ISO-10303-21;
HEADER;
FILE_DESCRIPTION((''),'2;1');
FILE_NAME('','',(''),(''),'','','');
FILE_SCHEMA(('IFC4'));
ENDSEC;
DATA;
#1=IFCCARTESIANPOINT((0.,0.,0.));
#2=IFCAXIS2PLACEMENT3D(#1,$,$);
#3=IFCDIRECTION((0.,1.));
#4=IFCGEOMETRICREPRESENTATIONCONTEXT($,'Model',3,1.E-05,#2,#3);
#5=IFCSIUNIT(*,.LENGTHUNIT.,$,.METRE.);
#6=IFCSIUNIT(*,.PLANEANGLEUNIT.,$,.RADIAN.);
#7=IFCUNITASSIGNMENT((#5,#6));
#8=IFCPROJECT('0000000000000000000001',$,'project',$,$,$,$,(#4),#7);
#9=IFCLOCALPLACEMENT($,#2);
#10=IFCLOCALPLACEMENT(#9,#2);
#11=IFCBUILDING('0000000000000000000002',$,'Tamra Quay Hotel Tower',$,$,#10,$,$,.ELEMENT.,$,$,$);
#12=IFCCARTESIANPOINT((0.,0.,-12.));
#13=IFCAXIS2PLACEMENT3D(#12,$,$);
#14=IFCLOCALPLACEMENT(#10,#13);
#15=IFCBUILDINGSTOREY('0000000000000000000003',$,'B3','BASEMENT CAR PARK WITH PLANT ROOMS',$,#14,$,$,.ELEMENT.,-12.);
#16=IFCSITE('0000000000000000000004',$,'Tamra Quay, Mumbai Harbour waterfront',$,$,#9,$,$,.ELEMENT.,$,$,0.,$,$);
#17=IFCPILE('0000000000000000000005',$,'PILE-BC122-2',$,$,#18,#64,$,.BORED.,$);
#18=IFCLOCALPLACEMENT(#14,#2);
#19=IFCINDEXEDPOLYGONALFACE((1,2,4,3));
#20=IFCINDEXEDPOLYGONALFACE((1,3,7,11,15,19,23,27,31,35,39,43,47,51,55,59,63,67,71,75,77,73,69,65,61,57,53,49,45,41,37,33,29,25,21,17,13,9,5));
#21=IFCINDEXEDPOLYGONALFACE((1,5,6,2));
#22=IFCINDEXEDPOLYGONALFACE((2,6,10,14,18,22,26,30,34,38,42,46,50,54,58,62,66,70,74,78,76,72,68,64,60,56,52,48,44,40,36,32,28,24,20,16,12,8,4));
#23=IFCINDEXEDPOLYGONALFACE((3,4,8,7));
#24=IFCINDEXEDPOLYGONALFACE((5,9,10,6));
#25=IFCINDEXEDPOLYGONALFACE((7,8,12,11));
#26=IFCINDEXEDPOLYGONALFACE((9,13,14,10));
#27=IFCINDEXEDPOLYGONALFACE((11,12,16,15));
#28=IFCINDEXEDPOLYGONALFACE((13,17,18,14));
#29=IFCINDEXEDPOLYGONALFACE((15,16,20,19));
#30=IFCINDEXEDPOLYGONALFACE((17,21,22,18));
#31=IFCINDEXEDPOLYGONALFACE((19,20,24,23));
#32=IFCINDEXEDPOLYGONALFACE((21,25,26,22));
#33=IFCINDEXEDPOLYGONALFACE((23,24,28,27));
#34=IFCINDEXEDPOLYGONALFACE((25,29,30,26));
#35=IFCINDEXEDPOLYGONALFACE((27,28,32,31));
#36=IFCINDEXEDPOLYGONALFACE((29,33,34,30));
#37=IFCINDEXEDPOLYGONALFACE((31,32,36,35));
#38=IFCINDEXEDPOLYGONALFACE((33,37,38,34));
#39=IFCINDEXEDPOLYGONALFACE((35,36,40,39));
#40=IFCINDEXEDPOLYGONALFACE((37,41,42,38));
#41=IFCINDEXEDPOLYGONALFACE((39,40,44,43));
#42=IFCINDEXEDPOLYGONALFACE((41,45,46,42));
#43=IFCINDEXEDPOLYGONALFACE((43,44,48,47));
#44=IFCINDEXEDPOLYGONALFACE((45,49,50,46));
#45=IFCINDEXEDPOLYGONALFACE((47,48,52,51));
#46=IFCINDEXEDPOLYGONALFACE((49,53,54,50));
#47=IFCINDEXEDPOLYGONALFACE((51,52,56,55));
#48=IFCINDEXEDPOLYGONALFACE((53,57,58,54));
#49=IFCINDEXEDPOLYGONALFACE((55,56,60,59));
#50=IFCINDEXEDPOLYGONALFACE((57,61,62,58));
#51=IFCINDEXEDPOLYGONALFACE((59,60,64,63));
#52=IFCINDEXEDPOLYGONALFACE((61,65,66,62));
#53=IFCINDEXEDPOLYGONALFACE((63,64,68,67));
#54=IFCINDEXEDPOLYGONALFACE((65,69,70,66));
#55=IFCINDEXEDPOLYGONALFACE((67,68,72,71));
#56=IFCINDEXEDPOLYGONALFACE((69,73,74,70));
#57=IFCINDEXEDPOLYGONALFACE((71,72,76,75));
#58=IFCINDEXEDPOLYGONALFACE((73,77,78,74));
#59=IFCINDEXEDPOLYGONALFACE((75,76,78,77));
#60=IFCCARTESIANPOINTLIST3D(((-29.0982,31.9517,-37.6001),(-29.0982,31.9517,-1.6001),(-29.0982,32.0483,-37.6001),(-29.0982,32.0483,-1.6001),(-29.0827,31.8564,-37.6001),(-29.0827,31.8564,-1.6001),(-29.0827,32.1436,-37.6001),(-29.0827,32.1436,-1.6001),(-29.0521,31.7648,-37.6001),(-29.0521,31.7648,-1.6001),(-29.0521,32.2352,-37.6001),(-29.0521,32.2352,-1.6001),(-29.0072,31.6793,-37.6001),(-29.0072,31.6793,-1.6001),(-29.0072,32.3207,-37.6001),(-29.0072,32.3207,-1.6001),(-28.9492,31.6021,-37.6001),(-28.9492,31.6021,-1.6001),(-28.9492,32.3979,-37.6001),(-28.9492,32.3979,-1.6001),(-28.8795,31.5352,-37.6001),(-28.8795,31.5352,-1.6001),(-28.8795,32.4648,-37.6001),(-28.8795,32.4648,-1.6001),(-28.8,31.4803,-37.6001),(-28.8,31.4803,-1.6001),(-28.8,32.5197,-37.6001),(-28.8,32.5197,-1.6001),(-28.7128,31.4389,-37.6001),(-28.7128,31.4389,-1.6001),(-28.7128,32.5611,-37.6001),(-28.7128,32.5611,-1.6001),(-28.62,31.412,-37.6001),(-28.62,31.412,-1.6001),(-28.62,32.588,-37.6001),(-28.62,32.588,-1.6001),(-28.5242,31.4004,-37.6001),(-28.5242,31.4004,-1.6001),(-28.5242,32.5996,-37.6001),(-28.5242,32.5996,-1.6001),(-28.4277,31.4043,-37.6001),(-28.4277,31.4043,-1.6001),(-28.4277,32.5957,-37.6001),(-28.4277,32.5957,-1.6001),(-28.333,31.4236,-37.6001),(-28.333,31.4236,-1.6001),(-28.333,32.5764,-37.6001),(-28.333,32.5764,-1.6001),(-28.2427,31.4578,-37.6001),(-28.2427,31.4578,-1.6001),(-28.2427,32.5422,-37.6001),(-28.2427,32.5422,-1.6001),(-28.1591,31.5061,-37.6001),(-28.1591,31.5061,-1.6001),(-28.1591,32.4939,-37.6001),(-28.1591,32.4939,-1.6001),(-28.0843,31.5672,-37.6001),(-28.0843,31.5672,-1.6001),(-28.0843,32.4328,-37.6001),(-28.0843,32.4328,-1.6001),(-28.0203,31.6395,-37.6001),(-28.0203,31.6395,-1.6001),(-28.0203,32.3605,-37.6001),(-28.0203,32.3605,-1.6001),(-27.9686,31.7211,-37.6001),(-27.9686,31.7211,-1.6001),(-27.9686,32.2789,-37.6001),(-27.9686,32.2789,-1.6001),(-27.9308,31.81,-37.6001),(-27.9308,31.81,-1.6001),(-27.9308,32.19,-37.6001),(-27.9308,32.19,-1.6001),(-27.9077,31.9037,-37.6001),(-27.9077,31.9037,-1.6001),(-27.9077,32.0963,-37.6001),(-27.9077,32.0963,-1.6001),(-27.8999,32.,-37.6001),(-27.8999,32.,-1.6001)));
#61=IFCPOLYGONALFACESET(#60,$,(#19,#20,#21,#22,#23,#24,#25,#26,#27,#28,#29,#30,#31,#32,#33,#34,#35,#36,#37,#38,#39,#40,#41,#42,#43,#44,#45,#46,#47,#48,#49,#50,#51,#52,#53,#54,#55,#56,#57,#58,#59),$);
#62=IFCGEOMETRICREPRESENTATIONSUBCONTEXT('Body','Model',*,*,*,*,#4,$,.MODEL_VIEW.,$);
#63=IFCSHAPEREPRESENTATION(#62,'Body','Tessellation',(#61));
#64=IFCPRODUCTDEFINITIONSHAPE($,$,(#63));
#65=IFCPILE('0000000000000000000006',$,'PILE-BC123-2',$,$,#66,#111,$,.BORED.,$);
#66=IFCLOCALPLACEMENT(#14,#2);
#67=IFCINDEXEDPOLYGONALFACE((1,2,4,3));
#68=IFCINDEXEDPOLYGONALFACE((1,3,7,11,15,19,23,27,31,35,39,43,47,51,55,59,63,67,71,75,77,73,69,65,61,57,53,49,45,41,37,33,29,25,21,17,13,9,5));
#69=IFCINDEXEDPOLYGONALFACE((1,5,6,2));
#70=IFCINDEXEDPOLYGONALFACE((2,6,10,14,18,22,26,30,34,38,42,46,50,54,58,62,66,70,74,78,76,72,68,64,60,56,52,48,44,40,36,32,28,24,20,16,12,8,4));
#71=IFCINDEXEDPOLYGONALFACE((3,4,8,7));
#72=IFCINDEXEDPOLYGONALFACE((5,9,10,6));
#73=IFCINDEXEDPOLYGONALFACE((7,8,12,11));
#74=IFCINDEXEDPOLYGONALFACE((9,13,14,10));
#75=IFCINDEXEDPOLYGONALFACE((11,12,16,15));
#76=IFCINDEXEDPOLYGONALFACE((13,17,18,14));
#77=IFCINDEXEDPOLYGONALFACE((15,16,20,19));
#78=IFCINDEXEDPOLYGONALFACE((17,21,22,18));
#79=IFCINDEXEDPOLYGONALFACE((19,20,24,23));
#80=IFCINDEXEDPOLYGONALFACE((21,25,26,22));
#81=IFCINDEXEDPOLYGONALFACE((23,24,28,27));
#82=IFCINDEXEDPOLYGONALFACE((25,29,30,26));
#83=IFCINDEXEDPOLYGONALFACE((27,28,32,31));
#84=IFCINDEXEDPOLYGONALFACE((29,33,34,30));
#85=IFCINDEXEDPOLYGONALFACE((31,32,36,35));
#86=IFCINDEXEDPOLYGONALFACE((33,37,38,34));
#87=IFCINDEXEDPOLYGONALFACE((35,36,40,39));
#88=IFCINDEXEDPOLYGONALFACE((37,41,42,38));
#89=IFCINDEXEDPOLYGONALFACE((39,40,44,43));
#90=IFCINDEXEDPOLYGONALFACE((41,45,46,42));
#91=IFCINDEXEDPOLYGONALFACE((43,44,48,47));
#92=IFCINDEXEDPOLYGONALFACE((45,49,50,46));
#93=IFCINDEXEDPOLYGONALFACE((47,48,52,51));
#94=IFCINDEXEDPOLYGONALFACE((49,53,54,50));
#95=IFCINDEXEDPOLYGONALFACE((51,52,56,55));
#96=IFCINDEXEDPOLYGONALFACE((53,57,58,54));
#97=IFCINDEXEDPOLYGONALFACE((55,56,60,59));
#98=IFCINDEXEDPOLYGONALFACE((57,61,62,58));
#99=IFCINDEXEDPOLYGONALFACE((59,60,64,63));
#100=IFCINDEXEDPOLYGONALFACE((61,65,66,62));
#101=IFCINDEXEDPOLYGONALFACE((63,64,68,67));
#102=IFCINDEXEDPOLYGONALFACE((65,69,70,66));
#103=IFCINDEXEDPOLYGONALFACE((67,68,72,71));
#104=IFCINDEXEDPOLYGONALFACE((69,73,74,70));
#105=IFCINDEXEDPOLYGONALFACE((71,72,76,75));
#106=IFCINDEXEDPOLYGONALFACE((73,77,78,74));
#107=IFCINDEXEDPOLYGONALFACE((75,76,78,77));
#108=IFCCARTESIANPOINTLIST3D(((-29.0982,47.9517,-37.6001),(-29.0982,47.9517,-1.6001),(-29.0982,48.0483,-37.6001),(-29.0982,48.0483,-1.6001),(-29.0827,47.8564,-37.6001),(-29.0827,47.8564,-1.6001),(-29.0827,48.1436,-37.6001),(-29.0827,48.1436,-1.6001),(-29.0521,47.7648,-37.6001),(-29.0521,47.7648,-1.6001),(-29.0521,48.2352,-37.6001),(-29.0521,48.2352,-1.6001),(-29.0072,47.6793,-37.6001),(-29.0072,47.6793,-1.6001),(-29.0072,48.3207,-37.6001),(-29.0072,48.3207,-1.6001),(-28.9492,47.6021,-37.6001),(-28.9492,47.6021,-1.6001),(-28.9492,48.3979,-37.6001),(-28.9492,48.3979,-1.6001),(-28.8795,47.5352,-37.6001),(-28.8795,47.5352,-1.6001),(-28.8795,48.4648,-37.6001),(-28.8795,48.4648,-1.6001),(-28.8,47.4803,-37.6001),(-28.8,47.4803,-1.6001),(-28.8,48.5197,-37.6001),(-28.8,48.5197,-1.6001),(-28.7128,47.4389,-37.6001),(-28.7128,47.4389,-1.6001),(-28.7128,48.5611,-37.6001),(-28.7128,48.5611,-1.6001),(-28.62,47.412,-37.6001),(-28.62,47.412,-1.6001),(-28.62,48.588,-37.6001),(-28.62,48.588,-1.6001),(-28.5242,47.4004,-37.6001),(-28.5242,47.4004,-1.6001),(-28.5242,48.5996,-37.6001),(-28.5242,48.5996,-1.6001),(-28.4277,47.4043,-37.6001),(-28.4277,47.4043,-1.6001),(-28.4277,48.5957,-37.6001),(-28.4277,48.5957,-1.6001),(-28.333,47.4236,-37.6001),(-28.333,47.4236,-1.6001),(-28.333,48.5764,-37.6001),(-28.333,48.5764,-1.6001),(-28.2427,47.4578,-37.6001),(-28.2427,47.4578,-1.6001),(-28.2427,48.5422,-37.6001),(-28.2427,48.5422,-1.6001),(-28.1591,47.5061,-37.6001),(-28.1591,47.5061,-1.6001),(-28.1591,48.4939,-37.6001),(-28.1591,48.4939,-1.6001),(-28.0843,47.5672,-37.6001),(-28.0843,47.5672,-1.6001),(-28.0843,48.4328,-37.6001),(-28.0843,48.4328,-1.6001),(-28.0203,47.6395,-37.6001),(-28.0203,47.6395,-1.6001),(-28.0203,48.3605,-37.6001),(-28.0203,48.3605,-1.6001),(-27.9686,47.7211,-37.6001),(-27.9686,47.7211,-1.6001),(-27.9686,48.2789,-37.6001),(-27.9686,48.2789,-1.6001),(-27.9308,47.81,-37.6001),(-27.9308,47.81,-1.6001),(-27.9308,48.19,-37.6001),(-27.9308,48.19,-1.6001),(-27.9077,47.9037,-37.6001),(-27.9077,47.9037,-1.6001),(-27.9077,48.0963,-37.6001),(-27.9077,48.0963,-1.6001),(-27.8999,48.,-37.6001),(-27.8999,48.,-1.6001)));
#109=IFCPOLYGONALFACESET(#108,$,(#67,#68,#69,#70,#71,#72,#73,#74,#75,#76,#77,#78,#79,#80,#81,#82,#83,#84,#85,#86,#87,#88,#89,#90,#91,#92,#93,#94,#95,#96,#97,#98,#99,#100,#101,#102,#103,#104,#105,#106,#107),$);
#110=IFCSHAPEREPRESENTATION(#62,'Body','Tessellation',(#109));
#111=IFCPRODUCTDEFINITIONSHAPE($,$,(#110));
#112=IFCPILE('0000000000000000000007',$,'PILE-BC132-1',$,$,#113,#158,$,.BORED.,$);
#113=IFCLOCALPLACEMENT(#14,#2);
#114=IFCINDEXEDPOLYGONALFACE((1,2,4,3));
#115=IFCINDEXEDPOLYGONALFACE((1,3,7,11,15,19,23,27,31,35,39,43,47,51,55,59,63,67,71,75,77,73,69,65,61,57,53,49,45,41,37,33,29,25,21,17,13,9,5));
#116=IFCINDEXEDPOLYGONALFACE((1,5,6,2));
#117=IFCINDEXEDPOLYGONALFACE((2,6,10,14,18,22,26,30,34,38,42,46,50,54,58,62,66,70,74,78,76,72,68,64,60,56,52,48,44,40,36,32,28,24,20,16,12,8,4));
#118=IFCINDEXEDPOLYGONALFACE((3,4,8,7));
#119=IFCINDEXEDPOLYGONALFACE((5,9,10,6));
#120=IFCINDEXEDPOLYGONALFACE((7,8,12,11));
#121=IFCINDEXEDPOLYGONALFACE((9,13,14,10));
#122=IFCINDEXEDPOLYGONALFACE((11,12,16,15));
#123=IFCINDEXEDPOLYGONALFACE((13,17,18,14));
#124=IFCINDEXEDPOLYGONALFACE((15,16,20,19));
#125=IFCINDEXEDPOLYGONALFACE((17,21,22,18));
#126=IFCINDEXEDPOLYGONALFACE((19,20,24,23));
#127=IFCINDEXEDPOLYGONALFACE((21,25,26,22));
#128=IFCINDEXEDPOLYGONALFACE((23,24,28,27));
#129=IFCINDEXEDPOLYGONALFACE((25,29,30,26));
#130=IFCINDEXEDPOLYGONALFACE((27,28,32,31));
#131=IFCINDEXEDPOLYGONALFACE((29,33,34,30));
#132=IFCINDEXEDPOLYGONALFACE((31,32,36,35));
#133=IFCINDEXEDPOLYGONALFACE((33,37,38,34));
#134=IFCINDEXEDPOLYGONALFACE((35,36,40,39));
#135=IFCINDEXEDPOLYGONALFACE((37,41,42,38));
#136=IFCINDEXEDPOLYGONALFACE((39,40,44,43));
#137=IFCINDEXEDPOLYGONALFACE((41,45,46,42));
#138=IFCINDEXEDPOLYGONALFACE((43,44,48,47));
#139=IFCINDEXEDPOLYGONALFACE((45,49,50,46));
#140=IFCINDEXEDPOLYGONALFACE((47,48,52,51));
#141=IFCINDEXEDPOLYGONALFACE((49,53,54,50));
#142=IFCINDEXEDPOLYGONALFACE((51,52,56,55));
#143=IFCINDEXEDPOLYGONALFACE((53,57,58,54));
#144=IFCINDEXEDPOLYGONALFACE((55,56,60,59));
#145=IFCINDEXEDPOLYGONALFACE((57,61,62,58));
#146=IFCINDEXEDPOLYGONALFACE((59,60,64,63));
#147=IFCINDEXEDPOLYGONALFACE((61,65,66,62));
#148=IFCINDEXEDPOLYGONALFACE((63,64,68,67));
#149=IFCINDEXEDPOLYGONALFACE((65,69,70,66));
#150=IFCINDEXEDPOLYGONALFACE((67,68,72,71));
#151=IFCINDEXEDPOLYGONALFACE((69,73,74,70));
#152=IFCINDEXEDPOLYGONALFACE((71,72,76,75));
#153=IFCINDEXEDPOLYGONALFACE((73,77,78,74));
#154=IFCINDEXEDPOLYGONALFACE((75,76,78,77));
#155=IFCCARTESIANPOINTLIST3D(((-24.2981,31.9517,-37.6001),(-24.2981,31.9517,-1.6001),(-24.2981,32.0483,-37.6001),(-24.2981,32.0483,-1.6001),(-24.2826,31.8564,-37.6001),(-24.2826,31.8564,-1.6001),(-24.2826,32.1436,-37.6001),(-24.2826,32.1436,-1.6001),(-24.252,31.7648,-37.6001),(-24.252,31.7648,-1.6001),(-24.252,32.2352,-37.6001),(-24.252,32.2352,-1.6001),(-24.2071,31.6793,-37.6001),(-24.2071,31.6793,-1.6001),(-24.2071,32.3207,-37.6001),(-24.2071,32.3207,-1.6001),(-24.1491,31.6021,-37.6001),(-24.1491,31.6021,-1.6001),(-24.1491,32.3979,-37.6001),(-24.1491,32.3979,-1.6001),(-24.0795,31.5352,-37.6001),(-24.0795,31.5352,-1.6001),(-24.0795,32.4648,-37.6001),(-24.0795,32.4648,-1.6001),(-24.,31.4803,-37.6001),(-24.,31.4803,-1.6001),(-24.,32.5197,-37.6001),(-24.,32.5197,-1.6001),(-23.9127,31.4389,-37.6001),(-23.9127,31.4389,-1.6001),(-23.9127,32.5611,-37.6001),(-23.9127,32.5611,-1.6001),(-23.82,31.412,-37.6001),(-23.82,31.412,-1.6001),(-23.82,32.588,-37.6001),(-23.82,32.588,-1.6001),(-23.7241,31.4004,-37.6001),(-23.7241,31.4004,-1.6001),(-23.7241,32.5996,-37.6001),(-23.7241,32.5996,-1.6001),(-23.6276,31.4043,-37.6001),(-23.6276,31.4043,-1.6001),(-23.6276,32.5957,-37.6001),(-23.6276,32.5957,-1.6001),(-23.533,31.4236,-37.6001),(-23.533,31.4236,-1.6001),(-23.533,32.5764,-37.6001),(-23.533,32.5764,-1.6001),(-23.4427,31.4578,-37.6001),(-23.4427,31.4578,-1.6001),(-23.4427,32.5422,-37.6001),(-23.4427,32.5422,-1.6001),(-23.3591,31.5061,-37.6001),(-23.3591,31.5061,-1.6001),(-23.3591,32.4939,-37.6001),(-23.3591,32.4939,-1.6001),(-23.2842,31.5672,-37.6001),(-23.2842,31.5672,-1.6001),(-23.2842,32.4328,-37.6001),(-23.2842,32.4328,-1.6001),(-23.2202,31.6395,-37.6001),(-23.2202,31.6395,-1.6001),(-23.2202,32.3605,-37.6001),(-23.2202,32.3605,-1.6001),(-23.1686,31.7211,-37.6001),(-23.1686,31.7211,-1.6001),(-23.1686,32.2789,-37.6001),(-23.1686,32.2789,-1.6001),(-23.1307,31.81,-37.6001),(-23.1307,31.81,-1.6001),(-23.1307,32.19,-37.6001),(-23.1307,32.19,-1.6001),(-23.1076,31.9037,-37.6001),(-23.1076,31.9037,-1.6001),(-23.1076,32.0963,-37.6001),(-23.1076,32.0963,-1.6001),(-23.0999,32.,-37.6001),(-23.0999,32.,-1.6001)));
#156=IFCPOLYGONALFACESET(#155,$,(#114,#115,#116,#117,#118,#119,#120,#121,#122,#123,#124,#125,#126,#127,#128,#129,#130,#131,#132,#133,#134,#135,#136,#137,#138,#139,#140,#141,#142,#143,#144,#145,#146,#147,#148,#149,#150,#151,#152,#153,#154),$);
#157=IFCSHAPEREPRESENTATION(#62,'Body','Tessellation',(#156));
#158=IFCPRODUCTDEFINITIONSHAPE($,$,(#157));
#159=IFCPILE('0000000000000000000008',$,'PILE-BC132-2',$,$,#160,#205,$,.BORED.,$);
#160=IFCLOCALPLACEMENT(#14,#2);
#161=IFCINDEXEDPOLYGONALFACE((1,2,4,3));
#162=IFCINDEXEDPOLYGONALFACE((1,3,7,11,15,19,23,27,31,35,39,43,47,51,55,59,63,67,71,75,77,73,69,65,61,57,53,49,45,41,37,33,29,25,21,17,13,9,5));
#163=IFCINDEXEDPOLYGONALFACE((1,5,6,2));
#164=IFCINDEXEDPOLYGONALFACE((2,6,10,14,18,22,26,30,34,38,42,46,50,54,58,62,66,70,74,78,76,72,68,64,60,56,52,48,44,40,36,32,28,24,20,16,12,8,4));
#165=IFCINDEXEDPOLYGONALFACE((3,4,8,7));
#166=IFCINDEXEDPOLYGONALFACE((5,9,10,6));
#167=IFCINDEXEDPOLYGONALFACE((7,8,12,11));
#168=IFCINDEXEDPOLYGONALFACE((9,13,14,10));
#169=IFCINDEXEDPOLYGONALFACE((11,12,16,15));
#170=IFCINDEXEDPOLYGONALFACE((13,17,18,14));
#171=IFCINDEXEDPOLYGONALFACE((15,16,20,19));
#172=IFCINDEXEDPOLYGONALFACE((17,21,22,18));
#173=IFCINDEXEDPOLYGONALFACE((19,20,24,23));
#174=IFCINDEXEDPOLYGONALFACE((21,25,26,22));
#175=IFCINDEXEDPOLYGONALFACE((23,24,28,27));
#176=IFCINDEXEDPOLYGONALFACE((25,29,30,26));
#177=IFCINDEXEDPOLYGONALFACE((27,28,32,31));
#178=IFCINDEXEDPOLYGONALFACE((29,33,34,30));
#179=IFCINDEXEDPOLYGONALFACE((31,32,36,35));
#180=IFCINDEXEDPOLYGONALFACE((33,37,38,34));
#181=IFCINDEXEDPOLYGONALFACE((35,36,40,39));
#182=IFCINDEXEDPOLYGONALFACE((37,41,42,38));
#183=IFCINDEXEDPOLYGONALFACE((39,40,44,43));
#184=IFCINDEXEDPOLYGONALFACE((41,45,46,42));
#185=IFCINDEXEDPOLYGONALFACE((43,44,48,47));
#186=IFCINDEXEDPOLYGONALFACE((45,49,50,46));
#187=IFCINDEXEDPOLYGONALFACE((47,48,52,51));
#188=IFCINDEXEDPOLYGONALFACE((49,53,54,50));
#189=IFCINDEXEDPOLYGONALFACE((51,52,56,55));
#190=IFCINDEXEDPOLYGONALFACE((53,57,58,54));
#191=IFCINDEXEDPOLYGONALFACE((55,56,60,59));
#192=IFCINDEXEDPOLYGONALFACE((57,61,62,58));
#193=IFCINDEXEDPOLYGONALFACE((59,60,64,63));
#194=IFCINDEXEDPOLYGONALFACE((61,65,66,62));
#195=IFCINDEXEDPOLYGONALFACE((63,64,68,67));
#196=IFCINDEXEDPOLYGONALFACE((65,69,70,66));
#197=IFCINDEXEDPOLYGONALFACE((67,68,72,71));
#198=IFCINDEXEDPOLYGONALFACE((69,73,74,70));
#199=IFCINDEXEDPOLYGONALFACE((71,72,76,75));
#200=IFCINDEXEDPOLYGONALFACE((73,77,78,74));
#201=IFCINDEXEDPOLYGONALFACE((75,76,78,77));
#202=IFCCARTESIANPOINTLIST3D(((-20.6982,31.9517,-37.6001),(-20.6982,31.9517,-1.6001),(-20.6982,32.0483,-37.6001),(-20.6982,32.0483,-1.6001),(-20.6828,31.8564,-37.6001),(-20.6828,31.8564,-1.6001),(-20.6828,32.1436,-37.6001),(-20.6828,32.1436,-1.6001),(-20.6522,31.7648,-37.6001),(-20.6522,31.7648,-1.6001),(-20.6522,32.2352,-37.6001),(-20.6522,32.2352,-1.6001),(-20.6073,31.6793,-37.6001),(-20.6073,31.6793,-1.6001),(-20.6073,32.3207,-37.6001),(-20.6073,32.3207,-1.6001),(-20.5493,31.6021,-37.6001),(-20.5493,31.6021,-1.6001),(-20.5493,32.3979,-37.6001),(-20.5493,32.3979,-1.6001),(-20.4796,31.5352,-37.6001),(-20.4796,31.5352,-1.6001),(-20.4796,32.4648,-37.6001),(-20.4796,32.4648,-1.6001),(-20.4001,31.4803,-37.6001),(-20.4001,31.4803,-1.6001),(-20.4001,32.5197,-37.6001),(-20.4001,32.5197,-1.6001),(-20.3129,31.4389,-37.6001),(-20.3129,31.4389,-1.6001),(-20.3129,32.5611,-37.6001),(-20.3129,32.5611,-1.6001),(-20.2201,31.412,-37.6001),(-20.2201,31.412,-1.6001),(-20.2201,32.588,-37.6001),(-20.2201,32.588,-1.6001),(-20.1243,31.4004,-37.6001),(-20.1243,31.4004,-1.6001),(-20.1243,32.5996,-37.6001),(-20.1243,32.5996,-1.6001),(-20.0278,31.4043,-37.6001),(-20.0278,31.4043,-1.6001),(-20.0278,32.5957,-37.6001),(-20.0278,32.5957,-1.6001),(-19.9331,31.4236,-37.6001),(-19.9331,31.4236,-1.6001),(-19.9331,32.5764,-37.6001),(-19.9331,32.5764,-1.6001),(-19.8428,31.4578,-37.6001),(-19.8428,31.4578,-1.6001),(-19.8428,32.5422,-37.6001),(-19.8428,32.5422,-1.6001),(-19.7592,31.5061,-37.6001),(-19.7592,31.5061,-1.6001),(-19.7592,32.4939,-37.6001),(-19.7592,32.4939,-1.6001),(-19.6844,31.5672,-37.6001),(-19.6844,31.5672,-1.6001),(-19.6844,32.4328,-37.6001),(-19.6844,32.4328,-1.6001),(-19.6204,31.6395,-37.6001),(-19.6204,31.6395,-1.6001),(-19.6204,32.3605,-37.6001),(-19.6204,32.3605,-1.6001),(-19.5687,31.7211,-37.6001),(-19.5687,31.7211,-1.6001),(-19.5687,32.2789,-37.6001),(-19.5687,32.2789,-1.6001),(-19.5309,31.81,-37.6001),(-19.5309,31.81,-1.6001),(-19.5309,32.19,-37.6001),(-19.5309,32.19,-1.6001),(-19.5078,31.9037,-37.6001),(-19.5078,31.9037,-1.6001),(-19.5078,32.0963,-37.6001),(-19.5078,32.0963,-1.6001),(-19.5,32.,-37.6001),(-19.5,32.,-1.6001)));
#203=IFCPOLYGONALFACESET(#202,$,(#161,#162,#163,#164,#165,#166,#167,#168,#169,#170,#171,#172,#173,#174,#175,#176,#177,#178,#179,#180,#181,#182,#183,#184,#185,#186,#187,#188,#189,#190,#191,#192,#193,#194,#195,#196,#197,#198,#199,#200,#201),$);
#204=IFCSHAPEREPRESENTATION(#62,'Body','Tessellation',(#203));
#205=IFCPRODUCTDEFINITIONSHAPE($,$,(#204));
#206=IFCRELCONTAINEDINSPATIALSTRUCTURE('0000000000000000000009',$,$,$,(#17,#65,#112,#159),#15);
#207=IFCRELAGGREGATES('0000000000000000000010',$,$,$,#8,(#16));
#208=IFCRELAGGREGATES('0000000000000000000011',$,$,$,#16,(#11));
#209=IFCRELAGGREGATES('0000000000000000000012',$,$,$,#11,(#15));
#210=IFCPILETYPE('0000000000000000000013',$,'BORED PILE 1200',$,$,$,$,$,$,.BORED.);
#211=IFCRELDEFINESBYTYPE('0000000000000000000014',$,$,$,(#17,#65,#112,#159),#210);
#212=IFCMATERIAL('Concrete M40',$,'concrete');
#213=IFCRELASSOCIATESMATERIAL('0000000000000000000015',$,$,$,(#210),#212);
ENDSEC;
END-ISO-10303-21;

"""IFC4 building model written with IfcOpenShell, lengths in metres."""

from ifc_helpers import new_model, si_unit, direction, frame, origin, origin_2d, place, context, subcontext, project, spatial, circle, extrude, material, material_profile, profile_set, type_object, element, save


model = new_model("IFC4")

# Units and contexts
model_context = context("Model", 3, precision=1e-05, world=origin(), true_north=direction((0.0, 1.0)))
body_context = subcontext(model_context, "Body", "Model", "MODEL_VIEW")
ifc_project = project(units=[si_unit("LENGTHUNIT", "METRE"), si_unit("PLANEANGLEUNIT", "RADIAN")], contexts=[model_context])

# Site, building, storey
site_placement = place(None, origin())
site = spatial("IfcSite", under=ifc_project, at=site_placement, Name="Tamra Quay, Mumbai Harbour waterfront", CompositionType="ELEMENT", RefElevation=0.0)
building_placement = place(site_placement, origin())
building = spatial("IfcBuilding", under=site, at=building_placement, Name="Tamra Quay Hotel Tower", CompositionType="ELEMENT")
storey_placement = place(building_placement, frame((0.0, 0.0, -12.0)))
storey = spatial("IfcBuildingStorey", under=building, at=storey_placement, Name="B3", Description="BASEMENT CAR PARK WITH PLANT ROOMS", CompositionType="ELEMENT", Elevation=-12.0)

# Piles
ifc_material_1 = material(Name="Concrete M40", Category="concrete")
ifc_material_profile_1 = material_profile(ifc_material_1, circle(Radius=0.6001, at=origin_2d()), Name="BORED PILE 1200")
ifc_profile_set_1 = profile_set([ifc_material_profile_1], Name="Concrete M40")
pile_type_1 = type_object("IfcPileType", Name="BORED PILE 1200", PredefinedType="BORED", material=ifc_profile_set_1)
for number, where, z_axis, x_axis, name in (
    (1, (-28.5, 32.0, -1.6001), (0.0, 0.0, -1.0), (1.0, 0.0, 0.0), "PILE-BC122-2"),
    (2, (-28.5, 48.0, -1.6001), (0.0, 0.0, -1.0), (1.0, 0.0, 0.0), "PILE-BC123-2"),
    (3, (-23.7, 32.0, -1.6001), (0.0, 0.0, -1.0), (1.0, 0.0, 0.0), "PILE-BC132-1"),
    (4, (-20.1001, 32.0, -1.6001), (0.0, 0.0, -1.0), (1.0, 0.0, 0.0), "PILE-BC132-2"),
):
    element("IfcPile", number, at=place(storey_placement, frame(where, z_axis=z_axis, x_axis=x_axis)), inside=storey, type_object=pile_type_1, Name=name, PredefinedType="BORED", context=body_context, shape_type="SweptSolid", body=[
        extrude(circle(Radius=0.6001, at=origin_2d()), origin(), (0.0, 0.0, 1.0), 36.0),
    ])

save(model, "model.ifc")
